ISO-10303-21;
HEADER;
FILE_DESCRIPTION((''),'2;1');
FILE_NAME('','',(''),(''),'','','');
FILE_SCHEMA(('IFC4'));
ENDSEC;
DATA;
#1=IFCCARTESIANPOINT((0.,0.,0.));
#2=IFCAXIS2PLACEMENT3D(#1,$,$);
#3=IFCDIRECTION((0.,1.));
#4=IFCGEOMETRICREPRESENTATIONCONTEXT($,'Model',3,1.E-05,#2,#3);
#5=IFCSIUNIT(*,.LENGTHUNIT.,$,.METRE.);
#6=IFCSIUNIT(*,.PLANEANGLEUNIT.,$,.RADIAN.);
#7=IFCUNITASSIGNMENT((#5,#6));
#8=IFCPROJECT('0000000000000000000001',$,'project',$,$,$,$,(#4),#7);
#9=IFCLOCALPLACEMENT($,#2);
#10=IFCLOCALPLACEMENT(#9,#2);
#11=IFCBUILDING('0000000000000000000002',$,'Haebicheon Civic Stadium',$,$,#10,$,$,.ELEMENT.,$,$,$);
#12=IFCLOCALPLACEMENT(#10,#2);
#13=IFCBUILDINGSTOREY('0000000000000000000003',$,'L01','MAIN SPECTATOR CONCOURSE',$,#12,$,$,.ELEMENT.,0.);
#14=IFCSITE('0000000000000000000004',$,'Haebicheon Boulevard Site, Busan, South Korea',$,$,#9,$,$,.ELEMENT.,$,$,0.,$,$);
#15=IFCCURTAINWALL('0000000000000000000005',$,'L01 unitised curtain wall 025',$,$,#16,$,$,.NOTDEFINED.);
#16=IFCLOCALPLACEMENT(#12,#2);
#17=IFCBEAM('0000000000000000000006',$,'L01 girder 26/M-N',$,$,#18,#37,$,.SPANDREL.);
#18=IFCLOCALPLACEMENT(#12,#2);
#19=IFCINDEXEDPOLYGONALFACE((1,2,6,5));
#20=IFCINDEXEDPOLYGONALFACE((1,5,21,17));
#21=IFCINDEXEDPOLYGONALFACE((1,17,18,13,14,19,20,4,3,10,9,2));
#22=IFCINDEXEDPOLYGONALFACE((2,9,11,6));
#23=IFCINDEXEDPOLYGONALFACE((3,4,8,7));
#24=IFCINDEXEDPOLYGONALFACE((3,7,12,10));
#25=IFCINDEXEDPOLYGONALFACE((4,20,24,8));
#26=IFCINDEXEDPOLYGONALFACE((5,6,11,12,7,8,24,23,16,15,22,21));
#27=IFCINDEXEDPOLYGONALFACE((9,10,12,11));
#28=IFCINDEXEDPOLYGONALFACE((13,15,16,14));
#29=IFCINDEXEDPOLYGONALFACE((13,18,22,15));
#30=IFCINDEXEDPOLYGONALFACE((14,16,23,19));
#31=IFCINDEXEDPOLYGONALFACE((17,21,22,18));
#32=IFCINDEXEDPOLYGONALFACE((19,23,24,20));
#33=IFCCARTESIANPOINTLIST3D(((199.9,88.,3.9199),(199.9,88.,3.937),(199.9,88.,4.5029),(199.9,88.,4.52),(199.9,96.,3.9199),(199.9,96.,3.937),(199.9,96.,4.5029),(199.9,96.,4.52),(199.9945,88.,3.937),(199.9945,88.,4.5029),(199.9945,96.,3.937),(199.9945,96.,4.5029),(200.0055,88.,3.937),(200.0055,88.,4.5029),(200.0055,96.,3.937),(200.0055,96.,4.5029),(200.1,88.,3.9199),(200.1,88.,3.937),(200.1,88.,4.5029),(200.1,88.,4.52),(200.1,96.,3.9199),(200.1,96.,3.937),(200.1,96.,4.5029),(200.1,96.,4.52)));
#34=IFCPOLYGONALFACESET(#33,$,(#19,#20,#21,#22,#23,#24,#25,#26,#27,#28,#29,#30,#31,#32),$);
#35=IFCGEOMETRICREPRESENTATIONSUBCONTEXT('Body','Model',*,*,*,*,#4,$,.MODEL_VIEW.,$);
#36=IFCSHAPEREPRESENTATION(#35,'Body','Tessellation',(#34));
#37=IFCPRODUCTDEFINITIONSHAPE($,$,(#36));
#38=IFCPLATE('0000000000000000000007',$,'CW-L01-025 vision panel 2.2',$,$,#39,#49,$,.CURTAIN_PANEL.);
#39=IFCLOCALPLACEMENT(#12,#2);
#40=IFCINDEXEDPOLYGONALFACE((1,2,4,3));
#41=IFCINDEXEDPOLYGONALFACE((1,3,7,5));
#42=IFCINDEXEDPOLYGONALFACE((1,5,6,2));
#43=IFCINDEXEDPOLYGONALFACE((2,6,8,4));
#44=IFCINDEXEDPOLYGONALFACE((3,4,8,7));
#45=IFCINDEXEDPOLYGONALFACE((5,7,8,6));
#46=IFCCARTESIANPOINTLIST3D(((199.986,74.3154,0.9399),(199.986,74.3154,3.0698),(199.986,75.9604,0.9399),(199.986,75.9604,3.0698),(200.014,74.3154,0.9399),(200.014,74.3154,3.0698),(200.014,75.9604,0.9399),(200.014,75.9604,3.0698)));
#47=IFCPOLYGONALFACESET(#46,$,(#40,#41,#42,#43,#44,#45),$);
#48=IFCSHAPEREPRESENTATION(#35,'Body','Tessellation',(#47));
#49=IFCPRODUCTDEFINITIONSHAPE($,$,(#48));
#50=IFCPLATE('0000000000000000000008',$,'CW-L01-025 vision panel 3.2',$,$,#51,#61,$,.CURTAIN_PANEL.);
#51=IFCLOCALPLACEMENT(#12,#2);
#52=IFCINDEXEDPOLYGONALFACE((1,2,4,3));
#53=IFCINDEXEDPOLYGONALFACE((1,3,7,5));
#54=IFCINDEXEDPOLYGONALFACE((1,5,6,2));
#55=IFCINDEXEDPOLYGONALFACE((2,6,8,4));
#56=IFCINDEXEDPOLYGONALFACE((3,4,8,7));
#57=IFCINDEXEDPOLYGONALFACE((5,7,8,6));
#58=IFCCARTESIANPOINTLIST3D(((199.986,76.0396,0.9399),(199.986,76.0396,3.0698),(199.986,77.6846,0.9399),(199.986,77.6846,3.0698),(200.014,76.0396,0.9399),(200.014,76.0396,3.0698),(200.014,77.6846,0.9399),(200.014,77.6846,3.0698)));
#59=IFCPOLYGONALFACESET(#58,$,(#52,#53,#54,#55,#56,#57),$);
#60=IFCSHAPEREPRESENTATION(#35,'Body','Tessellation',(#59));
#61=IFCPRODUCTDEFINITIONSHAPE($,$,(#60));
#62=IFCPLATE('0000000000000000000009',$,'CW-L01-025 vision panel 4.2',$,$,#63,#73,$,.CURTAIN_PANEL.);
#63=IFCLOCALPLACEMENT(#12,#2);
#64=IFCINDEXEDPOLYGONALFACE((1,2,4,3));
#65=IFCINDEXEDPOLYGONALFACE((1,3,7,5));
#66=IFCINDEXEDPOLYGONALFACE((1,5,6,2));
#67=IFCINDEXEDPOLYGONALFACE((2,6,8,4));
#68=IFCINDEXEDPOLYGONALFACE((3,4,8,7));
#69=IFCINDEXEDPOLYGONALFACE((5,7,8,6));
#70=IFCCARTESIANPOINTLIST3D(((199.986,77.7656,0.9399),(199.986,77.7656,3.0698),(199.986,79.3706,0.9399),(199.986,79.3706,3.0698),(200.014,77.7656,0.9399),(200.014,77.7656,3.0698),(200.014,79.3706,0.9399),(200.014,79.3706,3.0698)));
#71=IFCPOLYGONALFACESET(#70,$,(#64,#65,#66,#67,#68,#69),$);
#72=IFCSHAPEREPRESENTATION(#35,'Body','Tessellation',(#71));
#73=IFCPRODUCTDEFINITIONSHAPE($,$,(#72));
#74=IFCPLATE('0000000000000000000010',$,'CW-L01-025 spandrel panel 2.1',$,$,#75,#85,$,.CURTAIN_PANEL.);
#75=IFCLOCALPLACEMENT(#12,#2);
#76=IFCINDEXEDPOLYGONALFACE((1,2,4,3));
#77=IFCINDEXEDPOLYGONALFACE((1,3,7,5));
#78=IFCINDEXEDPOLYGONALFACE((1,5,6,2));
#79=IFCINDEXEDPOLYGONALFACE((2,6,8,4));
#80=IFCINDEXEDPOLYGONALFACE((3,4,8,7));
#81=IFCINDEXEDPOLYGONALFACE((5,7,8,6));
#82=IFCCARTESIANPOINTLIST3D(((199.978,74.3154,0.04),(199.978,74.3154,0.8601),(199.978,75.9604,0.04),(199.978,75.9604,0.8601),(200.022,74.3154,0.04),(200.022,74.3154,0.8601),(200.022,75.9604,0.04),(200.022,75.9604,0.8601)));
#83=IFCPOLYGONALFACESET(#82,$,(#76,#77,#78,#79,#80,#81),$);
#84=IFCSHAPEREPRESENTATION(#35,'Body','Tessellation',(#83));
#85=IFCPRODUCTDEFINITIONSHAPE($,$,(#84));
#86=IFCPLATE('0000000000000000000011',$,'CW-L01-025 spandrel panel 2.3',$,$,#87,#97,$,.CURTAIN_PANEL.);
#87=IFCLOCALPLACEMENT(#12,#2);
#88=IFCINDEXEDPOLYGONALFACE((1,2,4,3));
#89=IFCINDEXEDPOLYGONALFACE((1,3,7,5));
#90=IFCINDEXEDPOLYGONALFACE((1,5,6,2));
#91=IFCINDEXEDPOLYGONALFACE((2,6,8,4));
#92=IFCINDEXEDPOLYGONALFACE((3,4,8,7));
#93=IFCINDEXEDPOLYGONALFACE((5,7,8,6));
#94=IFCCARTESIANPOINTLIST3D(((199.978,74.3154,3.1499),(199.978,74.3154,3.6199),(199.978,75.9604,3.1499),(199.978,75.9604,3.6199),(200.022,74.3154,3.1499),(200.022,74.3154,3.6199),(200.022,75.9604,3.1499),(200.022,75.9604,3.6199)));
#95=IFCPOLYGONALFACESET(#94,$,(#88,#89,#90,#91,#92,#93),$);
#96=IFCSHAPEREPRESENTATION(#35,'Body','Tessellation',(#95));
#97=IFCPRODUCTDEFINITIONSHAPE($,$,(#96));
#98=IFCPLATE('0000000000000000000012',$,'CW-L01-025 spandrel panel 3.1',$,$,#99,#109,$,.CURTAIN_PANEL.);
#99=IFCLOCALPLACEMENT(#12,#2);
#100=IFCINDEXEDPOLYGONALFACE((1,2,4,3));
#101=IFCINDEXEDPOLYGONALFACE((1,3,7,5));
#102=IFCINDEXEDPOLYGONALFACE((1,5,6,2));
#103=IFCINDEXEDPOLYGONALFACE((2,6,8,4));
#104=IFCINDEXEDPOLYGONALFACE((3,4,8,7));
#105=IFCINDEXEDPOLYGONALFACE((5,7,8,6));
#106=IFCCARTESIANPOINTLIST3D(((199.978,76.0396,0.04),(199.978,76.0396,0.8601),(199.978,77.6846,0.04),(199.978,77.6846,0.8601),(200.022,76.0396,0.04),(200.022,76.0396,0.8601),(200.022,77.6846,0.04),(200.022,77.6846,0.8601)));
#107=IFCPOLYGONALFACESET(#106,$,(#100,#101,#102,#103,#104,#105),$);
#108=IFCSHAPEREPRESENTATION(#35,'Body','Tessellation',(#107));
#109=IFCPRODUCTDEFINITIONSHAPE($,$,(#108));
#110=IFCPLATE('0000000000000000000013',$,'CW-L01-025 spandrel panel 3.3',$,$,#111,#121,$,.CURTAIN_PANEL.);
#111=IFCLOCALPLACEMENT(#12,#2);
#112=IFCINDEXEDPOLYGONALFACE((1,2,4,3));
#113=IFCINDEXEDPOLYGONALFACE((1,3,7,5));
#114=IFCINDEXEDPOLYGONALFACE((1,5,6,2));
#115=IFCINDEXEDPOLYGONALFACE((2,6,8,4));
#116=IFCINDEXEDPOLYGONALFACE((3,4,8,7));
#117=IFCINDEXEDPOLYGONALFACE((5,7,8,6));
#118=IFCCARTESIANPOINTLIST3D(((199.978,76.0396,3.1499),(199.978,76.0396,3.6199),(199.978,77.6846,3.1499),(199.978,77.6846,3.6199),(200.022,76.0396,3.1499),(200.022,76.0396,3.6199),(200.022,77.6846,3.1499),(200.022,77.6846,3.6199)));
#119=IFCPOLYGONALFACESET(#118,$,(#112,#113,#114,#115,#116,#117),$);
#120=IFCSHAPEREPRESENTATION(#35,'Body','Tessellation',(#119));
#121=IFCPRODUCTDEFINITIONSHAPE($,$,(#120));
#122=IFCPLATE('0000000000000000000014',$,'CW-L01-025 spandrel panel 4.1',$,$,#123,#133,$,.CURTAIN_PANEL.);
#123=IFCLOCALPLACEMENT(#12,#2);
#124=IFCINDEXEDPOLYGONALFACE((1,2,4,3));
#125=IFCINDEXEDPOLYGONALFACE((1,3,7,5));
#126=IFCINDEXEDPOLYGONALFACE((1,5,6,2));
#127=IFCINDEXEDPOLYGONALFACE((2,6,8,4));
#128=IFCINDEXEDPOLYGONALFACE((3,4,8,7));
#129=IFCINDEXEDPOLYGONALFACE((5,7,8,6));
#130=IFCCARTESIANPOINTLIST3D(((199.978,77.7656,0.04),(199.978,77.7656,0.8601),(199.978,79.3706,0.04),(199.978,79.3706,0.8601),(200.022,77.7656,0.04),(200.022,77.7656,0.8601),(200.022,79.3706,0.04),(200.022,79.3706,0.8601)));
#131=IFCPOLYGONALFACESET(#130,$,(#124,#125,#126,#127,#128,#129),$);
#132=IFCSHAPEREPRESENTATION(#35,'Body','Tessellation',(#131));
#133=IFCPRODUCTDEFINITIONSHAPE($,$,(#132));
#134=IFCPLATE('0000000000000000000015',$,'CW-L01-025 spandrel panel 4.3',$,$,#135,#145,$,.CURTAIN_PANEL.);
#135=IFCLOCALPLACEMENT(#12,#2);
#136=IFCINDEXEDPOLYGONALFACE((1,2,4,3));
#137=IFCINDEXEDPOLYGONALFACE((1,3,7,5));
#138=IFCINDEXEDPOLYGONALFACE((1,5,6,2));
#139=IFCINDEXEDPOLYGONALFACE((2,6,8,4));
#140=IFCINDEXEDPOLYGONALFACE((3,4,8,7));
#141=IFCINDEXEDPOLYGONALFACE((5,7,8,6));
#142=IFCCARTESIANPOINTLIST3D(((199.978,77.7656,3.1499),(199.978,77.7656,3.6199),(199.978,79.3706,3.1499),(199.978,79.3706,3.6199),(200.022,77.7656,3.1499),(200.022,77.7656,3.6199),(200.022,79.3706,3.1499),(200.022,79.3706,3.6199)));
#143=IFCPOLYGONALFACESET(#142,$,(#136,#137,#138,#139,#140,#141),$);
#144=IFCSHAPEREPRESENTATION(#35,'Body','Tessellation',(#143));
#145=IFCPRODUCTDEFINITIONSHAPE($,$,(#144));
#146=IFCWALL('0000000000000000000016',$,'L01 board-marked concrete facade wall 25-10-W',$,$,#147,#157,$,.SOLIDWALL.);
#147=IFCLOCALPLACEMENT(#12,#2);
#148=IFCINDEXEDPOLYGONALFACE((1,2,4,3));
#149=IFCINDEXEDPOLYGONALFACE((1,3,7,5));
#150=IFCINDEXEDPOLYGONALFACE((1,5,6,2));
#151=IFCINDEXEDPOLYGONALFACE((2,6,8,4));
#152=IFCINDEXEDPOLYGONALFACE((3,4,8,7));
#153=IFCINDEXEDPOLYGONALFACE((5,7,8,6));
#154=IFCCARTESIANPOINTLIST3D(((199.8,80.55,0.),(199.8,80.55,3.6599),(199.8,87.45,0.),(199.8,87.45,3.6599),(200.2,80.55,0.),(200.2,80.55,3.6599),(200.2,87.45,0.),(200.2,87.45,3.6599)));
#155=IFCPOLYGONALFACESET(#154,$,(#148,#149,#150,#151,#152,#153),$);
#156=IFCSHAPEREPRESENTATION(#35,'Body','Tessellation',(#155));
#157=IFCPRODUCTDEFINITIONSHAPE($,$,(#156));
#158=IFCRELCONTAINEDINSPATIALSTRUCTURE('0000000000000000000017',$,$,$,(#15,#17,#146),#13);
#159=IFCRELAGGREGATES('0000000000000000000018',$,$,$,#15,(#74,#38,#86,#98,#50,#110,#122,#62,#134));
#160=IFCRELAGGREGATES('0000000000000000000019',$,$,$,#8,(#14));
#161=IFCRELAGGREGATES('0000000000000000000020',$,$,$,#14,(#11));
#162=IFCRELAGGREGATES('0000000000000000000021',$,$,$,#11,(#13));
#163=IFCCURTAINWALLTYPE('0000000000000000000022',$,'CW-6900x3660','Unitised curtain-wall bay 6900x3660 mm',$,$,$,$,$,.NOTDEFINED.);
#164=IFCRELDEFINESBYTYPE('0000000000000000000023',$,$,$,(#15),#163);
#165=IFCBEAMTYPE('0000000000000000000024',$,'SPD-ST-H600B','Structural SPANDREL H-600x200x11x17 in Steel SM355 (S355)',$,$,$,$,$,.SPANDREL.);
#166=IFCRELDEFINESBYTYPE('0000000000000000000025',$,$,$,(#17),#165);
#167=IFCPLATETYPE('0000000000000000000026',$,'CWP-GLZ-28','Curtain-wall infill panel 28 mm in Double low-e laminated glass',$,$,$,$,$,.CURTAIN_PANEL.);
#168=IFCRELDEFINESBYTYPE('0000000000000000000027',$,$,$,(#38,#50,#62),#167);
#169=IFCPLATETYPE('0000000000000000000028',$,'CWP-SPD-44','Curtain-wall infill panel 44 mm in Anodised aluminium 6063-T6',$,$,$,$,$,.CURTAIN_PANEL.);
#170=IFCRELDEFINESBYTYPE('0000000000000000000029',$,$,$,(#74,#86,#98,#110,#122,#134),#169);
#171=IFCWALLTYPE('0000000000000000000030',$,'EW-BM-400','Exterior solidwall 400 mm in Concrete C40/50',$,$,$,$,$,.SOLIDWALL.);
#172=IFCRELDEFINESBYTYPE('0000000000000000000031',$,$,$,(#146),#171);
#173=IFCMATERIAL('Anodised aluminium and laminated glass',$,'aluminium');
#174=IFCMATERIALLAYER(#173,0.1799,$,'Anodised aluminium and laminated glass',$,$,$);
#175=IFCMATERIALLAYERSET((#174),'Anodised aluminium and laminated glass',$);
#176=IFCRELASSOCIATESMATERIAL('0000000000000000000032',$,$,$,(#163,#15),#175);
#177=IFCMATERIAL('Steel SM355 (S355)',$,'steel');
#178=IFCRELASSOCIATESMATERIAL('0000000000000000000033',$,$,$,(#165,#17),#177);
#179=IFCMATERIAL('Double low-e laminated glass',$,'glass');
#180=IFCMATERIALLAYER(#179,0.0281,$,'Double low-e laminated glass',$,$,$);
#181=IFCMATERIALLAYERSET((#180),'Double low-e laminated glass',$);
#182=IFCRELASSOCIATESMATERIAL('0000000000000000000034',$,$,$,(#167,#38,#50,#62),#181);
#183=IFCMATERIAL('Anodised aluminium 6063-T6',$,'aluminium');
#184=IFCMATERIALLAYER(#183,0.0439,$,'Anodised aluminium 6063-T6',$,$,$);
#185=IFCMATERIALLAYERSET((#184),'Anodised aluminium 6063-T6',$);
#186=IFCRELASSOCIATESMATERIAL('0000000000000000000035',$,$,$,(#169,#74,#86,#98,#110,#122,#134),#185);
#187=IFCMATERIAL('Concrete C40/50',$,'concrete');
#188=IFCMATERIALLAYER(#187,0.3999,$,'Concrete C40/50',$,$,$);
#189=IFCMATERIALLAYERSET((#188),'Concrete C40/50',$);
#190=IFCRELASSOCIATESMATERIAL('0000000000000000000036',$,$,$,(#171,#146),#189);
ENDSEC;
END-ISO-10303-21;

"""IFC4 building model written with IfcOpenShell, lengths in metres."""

from ifc_helpers import new_model, si_unit, direction, frame, frame_2d, origin, origin_2d, place, context, subcontext, project, spatial, rectangle, i_section, extrude, material, layer, layer_set, material_profile, profile_set, type_object, element, aggregate, save


model = new_model("IFC4")

# Units and contexts
model_context = context("Model", 3, precision=1e-05, world=origin(), true_north=direction((0.0, 1.0)))
body_context = subcontext(model_context, "Body", "Model", "MODEL_VIEW")
ifc_project = project(units=[si_unit("LENGTHUNIT", "METRE"), si_unit("PLANEANGLEUNIT", "RADIAN")], contexts=[model_context])

# Site, building, storey
site_placement = place(None, origin())
site = spatial("IfcSite", under=ifc_project, at=site_placement, Name="Haebicheon Boulevard Site, Busan, South Korea", CompositionType="ELEMENT", RefElevation=0.0)
building_placement = place(site_placement, origin())
building = spatial("IfcBuilding", under=site, at=building_placement, Name="Haebicheon Civic Stadium", CompositionType="ELEMENT")
storey_placement = place(building_placement, origin())
storey = spatial("IfcBuildingStorey", under=building, at=storey_placement, Name="L01", Description="MAIN SPECTATOR CONCOURSE", CompositionType="ELEMENT", Elevation=0.0)

# Curtain wall
ifc_material_1 = material(Name="Anodised aluminium and laminated glass", Category="aluminium")
ifc_layer_1 = layer(ifc_material_1, 0.1799, Name="Anodised aluminium and laminated glass")
ifc_layer_set_1 = layer_set([ifc_layer_1], Name="Anodised aluminium and laminated glass")
curtain_wall_type = type_object("IfcCurtainWallType", Name="CW-6900x3660", Description="Unitised curtain-wall bay 6900x3660 mm", PredefinedType="NOTDEFINED", material=ifc_layer_set_1)
curtain_wall_placement = place(storey_placement, origin())
curtain_wall = element("IfcCurtainWall", 1, at=curtain_wall_placement, inside=storey, type_object=curtain_wall_type, material=ifc_layer_set_1, Name="L01 unitised curtain wall 025", PredefinedType="NOTDEFINED")

# Beam
ifc_material_2 = material(Name="Steel SM355 (S355)", Category="steel")
ifc_material_profile_1 = material_profile(ifc_material_2, i_section(OverallWidth=0.2, OverallDepth=0.6001, WebThickness=0.011, FlangeThickness=0.0171, at=origin_2d()), Name="H-600x200x11x17")
ifc_profile_set_1 = profile_set([ifc_material_profile_1], Name="Steel SM355 (S355)")
beam_type_1 = type_object("IfcBeamType", Name="SPD-ST-H600B", Description="Structural SPANDREL H-600x200x11x17 in Steel SM355 (S355)", PredefinedType="SPANDREL", material=ifc_profile_set_1)
for number, where, z_axis, x_axis, name in (
    (2, (200.0, 88.0, 4.22), (0.0, 1.0, 0.0), (-1.0, 0.0, 0.0), "L01 girder 26/M-N"),
):
    element("IfcBeam", number, at=place(storey_placement, frame(where, z_axis=z_axis, x_axis=x_axis)), inside=storey, type_object=beam_type_1, material=ifc_profile_set_1, Name=name, PredefinedType="SPANDREL", context=body_context, shape_type="SweptSolid", body=[
        extrude(i_section(OverallWidth=0.2, OverallDepth=0.6001, WebThickness=0.011, FlangeThickness=0.0171, at=origin_2d()), origin(), (0.0, 0.0, 1.0), 8.0),
    ])

# Plates
ifc_material_3 = material(Name="Double low-e laminated glass", Category="glass")
ifc_layer_2 = layer(ifc_material_3, 0.0281, Name="Double low-e laminated glass")
ifc_layer_set_2 = layer_set([ifc_layer_2], Name="Double low-e laminated glass")
plate_type_1 = type_object("IfcPlateType", Name="CWP-GLZ-28", Description="Curtain-wall infill panel 28 mm in Double low-e laminated glass", PredefinedType="CURTAIN_PANEL", material=ifc_layer_set_2)
plate_1_placement = place(storey_placement, frame((200.0, 75.1379, 0.9399), z_axis=(0.0, 0.0, 1.0), x_axis=(0.0, 1.0, 0.0)))
plate_1 = element("IfcPlate", 3, at=plate_1_placement, type_object=plate_type_1, material=ifc_layer_set_2, Name="CW-L01-025 vision panel 2.2", PredefinedType="CURTAIN_PANEL", context=body_context, shape_type="SweptSolid", body=[
    extrude(rectangle(XDim=1.645, YDim=0.0281, at=origin_2d()), origin(), (0.0, 0.0, 1.0), 2.1299),
])
plate_2_placement = place(storey_placement, frame((200.0, 76.8621, 0.9399), z_axis=(0.0, 0.0, 1.0), x_axis=(0.0, 1.0, 0.0)))
plate_2 = element("IfcPlate", 4, at=plate_2_placement, type_object=plate_type_1, material=ifc_layer_set_2, Name="CW-L01-025 vision panel 3.2", PredefinedType="CURTAIN_PANEL", context=body_context, shape_type="SweptSolid", body=[
    extrude(rectangle(XDim=1.645, YDim=0.0281, at=origin_2d()), origin(), (0.0, 0.0, 1.0), 2.1299),
])
plate_3_placement = place(storey_placement, frame((200.0, 78.5681, 0.9399), z_axis=(0.0, 0.0, 1.0), x_axis=(0.0, 1.0, 0.0)))
plate_3 = element("IfcPlate", 5, at=plate_3_placement, type_object=plate_type_1, material=ifc_layer_set_2, Name="CW-L01-025 vision panel 4.2", PredefinedType="CURTAIN_PANEL", context=body_context, shape_type="SweptSolid", body=[
    extrude(rectangle(XDim=1.605, YDim=0.0281, at=origin_2d()), origin(), (0.0, 0.0, 1.0), 2.1299),
])
ifc_material_4 = material(Name="Anodised aluminium 6063-T6", Category="aluminium")
ifc_layer_3 = layer(ifc_material_4, 0.0439, Name="Anodised aluminium 6063-T6")
ifc_layer_set_3 = layer_set([ifc_layer_3], Name="Anodised aluminium 6063-T6")
plate_type_2 = type_object("IfcPlateType", Name="CWP-SPD-44", Description="Curtain-wall infill panel 44 mm in Anodised aluminium 6063-T6", PredefinedType="CURTAIN_PANEL", material=ifc_layer_set_3)
plate_4_placement = place(storey_placement, frame((200.0, 75.1379, 0.04), z_axis=(0.0, 0.0, 1.0), x_axis=(0.0, 1.0, 0.0)))
plate_4 = element("IfcPlate", 6, at=plate_4_placement, type_object=plate_type_2, material=ifc_layer_set_3, Name="CW-L01-025 spandrel panel 2.1", PredefinedType="CURTAIN_PANEL", context=body_context, shape_type="SweptSolid", body=[
    extrude(rectangle(XDim=1.645, YDim=0.0439, at=origin_2d()), origin(), (0.0, 0.0, 1.0), 0.8201),
])
plate_5_placement = place(storey_placement, frame((200.0, 75.1379, 3.1499), z_axis=(0.0, 0.0, 1.0), x_axis=(0.0, 1.0, 0.0)))
plate_5 = element("IfcPlate", 7, at=plate_5_placement, type_object=plate_type_2, material=ifc_layer_set_3, Name="CW-L01-025 spandrel panel 2.3", PredefinedType="CURTAIN_PANEL", context=body_context, shape_type="SweptSolid", body=[
    extrude(rectangle(XDim=1.645, YDim=0.0439, at=origin_2d()), origin(), (0.0, 0.0, 1.0), 0.47),
])
plate_6_placement = place(storey_placement, frame((200.0, 76.8621, 0.04), z_axis=(0.0, 0.0, 1.0), x_axis=(0.0, 1.0, 0.0)))
plate_6 = element("IfcPlate", 8, at=plate_6_placement, type_object=plate_type_2, material=ifc_layer_set_3, Name="CW-L01-025 spandrel panel 3.1", PredefinedType="CURTAIN_PANEL", context=body_context, shape_type="SweptSolid", body=[
    extrude(rectangle(XDim=1.645, YDim=0.0439, at=origin_2d()), origin(), (0.0, 0.0, 1.0), 0.8201),
])
plate_7_placement = place(storey_placement, frame((200.0, 76.8621, 3.1499), z_axis=(0.0, 0.0, 1.0), x_axis=(0.0, 1.0, 0.0)))
plate_7 = element("IfcPlate", 9, at=plate_7_placement, type_object=plate_type_2, material=ifc_layer_set_3, Name="CW-L01-025 spandrel panel 3.3", PredefinedType="CURTAIN_PANEL", context=body_context, shape_type="SweptSolid", body=[
    extrude(rectangle(XDim=1.645, YDim=0.0439, at=origin_2d()), origin(), (0.0, 0.0, 1.0), 0.47),
])
plate_8_placement = place(storey_placement, frame((200.0, 78.5681, 0.04), z_axis=(0.0, 0.0, 1.0), x_axis=(0.0, 1.0, 0.0)))
plate_8 = element("IfcPlate", 10, at=plate_8_placement, type_object=plate_type_2, material=ifc_layer_set_3, Name="CW-L01-025 spandrel panel 4.1", PredefinedType="CURTAIN_PANEL", context=body_context, shape_type="SweptSolid", body=[
    extrude(rectangle(XDim=1.605, YDim=0.0439, at=origin_2d()), origin(), (0.0, 0.0, 1.0), 0.8201),
])
plate_9_placement = place(storey_placement, frame((200.0, 78.5681, 3.1499), z_axis=(0.0, 0.0, 1.0), x_axis=(0.0, 1.0, 0.0)))
plate_9 = element("IfcPlate", 11, at=plate_9_placement, type_object=plate_type_2, material=ifc_layer_set_3, Name="CW-L01-025 spandrel panel 4.3", PredefinedType="CURTAIN_PANEL", context=body_context, shape_type="SweptSolid", body=[
    extrude(rectangle(XDim=1.605, YDim=0.0439, at=origin_2d()), origin(), (0.0, 0.0, 1.0), 0.47),
])
aggregate(curtain_wall, [plate_4, plate_1, plate_5, plate_6, plate_2, plate_7, plate_8, plate_3, plate_9])

# Wall
ifc_material_5 = material(Name="Concrete C40/50", Category="concrete")
ifc_layer_4 = layer(ifc_material_5, 0.3999, Name="Concrete C40/50")
ifc_layer_set_4 = layer_set([ifc_layer_4], Name="Concrete C40/50")
wall_type = type_object("IfcWallType", Name="EW-BM-400", Description="Exterior solidwall 400 mm in Concrete C40/50", PredefinedType="SOLIDWALL", material=ifc_layer_set_4)
wall_1_placement = place(storey_placement, frame((200.0, 80.55, 0.0), z_axis=(0.0, 0.0, 1.0), x_axis=(0.0, 1.0, 0.0)))
element("IfcWall", 12, at=wall_1_placement, inside=storey, type_object=wall_type, material=ifc_layer_set_4, Name="L01 board-marked concrete facade wall 25-10-W", PredefinedType="SOLIDWALL", context=body_context, shape_type="SweptSolid", body=[
    extrude(rectangle(XDim=6.8999, YDim=0.3999, at=frame_2d((3.45, 0.0))), origin(), (0.0, 0.0, 1.0), 3.6599),
])

save(model, "model.ifc")
